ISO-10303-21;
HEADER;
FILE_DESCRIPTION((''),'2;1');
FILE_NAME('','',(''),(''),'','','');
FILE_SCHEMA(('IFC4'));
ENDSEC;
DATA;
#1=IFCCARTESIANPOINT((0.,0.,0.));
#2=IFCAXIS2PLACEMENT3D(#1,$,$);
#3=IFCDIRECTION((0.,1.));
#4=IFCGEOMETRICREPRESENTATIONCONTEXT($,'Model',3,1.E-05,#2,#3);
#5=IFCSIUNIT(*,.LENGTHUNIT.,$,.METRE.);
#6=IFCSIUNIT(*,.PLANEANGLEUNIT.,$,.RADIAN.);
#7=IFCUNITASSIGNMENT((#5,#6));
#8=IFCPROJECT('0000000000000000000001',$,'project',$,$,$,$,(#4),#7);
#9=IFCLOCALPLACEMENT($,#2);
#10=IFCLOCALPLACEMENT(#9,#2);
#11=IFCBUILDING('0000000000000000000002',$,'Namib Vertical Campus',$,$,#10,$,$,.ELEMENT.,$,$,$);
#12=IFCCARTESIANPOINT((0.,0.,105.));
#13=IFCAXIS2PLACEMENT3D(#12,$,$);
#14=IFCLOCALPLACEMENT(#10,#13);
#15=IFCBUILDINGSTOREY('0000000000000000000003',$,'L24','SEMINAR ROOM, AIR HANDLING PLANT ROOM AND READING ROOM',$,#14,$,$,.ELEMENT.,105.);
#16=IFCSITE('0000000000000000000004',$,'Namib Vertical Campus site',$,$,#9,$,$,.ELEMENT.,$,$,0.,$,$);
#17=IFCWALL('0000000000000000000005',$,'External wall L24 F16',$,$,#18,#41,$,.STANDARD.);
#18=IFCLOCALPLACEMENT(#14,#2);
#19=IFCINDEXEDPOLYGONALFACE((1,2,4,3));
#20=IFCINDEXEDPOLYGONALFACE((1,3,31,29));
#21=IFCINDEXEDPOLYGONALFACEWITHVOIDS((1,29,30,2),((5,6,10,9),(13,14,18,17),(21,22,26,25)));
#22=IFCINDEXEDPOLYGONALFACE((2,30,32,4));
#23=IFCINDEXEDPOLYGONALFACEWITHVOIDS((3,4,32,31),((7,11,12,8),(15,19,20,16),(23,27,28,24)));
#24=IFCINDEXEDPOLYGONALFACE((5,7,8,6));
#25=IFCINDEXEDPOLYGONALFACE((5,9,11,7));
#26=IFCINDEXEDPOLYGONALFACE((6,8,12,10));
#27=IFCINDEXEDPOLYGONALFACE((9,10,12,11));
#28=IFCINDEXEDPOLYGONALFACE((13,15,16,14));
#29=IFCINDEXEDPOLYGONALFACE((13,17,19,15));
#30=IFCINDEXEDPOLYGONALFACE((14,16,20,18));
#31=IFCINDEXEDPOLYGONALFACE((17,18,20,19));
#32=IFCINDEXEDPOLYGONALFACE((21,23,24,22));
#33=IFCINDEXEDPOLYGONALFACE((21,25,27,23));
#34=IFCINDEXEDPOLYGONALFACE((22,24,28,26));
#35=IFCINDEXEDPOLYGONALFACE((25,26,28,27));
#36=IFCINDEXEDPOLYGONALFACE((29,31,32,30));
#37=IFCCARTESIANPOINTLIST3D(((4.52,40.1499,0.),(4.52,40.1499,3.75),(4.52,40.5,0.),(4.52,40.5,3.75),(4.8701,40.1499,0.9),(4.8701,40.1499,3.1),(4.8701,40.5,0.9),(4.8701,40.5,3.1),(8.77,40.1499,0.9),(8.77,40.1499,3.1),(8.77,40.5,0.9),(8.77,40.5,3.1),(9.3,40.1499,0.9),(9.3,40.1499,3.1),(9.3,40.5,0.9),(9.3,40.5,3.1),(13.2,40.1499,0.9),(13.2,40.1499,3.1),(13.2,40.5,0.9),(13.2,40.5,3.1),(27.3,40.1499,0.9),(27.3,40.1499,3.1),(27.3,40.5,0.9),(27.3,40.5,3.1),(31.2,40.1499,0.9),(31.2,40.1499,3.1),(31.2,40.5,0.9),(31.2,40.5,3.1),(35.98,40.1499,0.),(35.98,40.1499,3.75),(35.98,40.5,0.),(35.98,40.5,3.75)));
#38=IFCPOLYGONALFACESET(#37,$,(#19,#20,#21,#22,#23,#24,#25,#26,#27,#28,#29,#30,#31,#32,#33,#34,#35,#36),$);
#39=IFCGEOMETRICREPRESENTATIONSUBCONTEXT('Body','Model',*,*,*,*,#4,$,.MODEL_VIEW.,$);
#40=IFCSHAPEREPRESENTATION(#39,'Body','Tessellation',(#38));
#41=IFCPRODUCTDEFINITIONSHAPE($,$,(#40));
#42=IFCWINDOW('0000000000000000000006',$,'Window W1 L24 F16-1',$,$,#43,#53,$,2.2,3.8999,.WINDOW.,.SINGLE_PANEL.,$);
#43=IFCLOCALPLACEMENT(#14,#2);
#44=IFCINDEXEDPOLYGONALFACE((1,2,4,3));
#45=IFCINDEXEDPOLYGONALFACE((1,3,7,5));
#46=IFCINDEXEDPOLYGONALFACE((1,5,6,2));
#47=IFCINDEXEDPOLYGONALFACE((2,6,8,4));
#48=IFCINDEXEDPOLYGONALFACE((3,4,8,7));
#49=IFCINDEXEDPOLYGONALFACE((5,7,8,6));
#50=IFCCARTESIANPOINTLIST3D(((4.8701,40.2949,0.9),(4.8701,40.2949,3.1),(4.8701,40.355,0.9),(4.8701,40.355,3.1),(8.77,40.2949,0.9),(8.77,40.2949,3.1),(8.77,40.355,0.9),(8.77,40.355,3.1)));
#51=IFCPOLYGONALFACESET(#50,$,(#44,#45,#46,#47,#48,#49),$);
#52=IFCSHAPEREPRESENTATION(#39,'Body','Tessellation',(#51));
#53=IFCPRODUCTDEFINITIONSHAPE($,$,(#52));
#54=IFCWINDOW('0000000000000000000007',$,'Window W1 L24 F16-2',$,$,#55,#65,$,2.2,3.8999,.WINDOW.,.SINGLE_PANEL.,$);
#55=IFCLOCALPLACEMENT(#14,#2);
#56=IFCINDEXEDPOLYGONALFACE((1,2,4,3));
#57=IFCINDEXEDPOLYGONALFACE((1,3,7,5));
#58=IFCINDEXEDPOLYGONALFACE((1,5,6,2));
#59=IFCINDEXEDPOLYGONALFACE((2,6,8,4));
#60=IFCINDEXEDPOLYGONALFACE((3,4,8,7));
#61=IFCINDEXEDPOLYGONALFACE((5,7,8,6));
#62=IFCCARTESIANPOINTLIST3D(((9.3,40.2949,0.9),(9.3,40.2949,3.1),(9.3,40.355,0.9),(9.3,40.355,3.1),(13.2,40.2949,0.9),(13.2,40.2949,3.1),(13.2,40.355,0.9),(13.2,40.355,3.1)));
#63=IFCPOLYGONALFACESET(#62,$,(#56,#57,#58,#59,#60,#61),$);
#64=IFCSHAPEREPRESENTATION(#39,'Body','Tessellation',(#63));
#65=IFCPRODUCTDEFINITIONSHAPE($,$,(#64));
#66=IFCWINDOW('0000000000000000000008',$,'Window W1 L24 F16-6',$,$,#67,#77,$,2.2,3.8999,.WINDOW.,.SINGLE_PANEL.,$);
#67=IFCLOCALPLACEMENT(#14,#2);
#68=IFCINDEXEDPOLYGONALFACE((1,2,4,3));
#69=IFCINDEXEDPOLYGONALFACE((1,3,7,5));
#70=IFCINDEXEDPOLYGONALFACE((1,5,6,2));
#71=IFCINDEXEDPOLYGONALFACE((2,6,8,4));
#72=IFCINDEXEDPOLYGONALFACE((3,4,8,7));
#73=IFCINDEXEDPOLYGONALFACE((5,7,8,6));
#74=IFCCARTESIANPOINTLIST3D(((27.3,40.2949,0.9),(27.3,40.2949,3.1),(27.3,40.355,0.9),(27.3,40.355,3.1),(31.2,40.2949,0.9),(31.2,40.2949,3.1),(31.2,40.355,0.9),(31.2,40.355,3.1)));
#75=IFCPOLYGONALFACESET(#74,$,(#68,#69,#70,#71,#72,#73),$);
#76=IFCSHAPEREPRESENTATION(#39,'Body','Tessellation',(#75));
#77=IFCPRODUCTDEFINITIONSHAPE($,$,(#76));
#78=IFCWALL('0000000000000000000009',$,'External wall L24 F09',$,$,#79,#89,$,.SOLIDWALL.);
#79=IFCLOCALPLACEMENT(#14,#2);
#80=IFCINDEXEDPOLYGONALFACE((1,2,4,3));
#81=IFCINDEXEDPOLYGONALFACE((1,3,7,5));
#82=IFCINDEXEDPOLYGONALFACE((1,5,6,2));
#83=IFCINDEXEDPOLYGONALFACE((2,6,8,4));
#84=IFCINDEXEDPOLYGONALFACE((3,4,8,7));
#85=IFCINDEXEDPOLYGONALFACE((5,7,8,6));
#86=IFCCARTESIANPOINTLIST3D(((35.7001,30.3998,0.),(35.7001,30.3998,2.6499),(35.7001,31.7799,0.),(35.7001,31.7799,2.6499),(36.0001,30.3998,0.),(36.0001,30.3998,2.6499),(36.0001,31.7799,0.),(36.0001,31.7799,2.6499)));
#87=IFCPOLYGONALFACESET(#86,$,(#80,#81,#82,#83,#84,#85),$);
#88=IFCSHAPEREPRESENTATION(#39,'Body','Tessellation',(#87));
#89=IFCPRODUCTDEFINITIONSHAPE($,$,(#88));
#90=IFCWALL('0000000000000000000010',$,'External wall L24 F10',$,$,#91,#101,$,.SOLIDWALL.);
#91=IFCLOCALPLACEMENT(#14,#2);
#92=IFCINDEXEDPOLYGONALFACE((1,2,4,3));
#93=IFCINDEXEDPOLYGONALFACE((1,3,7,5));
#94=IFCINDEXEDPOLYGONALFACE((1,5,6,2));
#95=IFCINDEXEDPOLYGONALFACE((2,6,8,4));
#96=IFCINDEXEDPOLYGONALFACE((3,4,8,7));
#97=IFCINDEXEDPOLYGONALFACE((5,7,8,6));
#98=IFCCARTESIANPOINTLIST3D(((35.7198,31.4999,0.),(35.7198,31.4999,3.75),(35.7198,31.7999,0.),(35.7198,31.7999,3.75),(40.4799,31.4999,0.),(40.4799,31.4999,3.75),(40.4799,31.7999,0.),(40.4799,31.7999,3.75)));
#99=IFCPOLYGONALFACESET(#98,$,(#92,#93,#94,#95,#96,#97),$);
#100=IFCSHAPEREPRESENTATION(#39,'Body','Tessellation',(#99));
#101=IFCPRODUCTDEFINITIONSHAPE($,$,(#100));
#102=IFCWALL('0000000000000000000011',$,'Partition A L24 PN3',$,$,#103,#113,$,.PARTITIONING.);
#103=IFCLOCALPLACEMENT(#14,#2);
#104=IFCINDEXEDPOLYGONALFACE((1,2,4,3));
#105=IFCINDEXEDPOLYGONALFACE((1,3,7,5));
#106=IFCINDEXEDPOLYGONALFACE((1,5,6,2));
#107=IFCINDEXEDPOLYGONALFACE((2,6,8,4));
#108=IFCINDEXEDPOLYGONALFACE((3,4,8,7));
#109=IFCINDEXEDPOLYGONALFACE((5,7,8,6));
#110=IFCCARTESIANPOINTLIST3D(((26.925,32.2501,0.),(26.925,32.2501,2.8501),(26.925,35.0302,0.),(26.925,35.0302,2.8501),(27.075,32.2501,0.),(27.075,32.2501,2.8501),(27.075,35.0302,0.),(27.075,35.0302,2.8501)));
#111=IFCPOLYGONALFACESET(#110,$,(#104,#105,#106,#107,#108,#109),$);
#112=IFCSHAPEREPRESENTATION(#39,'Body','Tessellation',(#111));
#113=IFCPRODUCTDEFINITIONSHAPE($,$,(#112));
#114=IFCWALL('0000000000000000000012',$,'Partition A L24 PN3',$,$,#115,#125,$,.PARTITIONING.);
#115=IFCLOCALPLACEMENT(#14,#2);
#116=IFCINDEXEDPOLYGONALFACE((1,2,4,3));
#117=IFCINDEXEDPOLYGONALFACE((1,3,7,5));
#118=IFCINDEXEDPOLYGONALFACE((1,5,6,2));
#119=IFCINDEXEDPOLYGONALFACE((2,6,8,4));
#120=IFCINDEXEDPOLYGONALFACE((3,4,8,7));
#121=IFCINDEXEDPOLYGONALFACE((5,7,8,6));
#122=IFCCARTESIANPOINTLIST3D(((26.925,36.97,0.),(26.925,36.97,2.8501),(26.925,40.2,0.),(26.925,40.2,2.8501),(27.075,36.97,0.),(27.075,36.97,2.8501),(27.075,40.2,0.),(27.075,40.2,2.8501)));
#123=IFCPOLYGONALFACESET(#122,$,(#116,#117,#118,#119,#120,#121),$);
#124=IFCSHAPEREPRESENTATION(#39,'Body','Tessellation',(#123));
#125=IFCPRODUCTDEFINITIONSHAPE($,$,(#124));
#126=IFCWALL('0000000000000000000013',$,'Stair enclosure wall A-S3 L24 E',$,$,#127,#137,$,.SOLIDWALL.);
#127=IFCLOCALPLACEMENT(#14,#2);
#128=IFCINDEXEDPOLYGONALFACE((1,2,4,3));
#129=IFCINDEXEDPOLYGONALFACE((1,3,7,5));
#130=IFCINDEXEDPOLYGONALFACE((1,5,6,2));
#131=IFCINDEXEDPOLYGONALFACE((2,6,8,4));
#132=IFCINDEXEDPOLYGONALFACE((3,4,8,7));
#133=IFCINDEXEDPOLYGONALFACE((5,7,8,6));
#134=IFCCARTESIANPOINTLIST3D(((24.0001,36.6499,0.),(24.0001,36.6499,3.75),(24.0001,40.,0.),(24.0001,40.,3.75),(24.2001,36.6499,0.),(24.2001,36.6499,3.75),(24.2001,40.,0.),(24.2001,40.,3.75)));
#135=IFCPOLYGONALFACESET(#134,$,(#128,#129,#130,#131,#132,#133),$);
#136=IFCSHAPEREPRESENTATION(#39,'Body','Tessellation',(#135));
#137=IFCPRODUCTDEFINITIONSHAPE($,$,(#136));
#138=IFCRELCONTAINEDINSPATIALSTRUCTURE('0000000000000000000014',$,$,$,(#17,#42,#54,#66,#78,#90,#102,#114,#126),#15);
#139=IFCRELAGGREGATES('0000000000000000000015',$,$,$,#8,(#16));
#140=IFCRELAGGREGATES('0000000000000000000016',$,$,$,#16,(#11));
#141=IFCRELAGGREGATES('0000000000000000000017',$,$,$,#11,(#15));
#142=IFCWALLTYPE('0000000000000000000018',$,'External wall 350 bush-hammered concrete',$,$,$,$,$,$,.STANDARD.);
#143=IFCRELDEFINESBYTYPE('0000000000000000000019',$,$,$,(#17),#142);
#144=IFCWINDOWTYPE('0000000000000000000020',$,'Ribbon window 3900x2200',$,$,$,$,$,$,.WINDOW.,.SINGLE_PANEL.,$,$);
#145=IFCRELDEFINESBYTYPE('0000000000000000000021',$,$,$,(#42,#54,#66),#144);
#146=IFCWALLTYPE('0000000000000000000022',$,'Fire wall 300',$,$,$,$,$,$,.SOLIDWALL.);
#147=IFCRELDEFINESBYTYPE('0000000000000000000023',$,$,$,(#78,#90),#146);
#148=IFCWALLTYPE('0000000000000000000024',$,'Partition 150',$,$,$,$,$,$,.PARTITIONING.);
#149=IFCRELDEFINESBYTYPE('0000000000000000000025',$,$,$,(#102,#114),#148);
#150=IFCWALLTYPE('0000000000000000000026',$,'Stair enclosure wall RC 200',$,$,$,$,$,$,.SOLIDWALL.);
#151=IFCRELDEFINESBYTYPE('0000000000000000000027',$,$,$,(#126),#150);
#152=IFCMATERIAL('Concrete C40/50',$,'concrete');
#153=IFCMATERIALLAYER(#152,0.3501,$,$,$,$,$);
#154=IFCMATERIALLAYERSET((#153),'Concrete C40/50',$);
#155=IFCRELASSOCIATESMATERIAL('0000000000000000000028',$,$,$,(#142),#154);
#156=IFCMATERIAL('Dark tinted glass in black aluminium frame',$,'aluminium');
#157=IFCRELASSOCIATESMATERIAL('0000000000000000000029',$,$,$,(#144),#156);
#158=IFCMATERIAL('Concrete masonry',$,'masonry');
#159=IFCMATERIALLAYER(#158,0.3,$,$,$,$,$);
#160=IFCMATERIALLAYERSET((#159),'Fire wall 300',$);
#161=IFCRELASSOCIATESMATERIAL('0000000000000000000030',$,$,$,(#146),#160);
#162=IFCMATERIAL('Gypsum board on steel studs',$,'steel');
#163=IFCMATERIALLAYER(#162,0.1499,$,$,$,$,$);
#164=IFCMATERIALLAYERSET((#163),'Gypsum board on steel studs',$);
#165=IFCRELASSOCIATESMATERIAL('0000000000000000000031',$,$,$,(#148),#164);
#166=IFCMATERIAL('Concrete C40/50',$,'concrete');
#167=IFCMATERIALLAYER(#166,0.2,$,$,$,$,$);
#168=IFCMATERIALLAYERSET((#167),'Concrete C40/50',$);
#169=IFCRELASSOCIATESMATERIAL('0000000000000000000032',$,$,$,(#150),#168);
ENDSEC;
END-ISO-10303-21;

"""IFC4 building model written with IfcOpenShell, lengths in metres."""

from ifc_helpers import new_model, si_unit, direction, frame, frame_2d, origin, place, context, subcontext, project, spatial, rectangle, extrude, material, layer, layer_set, type_object, element, fill, save


model = new_model("IFC4")

# Units and contexts
model_context = context("Model", 3, precision=1e-05, world=origin(), true_north=direction((0.0, 1.0)))
body_context = subcontext(model_context, "Body", "Model", "MODEL_VIEW")
ifc_project = project(units=[si_unit("LENGTHUNIT", "METRE"), si_unit("PLANEANGLEUNIT", "RADIAN")], contexts=[model_context])

# Site, building, storey
site_placement = place(None, origin())
site = spatial("IfcSite", under=ifc_project, at=site_placement, Name="Namib Vertical Campus site", CompositionType="ELEMENT", RefElevation=0.0)
building_placement = place(site_placement, origin())
building = spatial("IfcBuilding", under=site, at=building_placement, Name="Namib Vertical Campus", CompositionType="ELEMENT")
storey_placement = place(building_placement, frame((0.0, 0.0, 105.0)))
storey = spatial("IfcBuildingStorey", under=building, at=storey_placement, Name="L24", Description="SEMINAR ROOM, AIR HANDLING PLANT ROOM AND READING ROOM", CompositionType="ELEMENT", Elevation=105.0)

# Shared definitions
ifc_material_1 = material(Name="Concrete C40/50", Category="concrete")
ifc_layer_1 = layer(ifc_material_1, 0.3501)
ifc_layer_set_1 = layer_set([ifc_layer_1], Name="Concrete C40/50")
wall_type_1 = type_object("IfcWallType", Name="External wall 350 bush-hammered concrete", PredefinedType="STANDARD", material=ifc_layer_set_1)

# Wall, openings, windows
wall_1_placement = place(storey_placement, frame((35.98, 40.325, 0.0), z_axis=(0.0, 0.0, 1.0), x_axis=(-1.0, 0.0, 0.0)))
wall_1 = element("IfcWall", 1, at=wall_1_placement, inside=storey, type_object=wall_type_1, Name="External wall L24 F16", PredefinedType="STANDARD", context=body_context, shape_type="SweptSolid", body=[
    extrude(rectangle(XDim=31.46, YDim=0.3501, at=frame_2d((15.73, 0.0))), origin(), (0.0, 0.0, 1.0), 3.75),
])
opening_1_placement = place(wall_1_placement, frame((27.21, 0.0, 0.8999)))
opening_1 = element("IfcOpeningElement", 2, at=opening_1_placement, cuts=wall_1, PredefinedType="OPENING", context=body_context, shape_type="SweptSolid", body=[
    extrude(rectangle(XDim=3.8999, YDim=2.2, at=frame_2d((1.95, 1.1001))), frame((0.0, 0.1851, 0.0), z_axis=(0.0, -1.0, 0.0), x_axis=(1.0, 0.0, 0.0)), (0.0, 0.0, 1.0), 0.3701),
])
opening_2_placement = place(wall_1_placement, frame((22.78, 0.0, 0.8999)))
opening_2 = element("IfcOpeningElement", 3, at=opening_2_placement, cuts=wall_1, PredefinedType="OPENING", context=body_context, shape_type="SweptSolid", body=[
    extrude(rectangle(XDim=3.8999, YDim=2.2, at=frame_2d((1.95, 1.1001))), frame((0.0, 0.1851, 0.0), z_axis=(0.0, -1.0, 0.0), x_axis=(1.0, 0.0, 0.0)), (0.0, 0.0, 1.0), 0.3701),
])
opening_3_placement = place(wall_1_placement, frame((4.78, 0.0, 0.8999)))
opening_3 = element("IfcOpeningElement", 4, at=opening_3_placement, cuts=wall_1, PredefinedType="OPENING", context=body_context, shape_type="SweptSolid", body=[
    extrude(rectangle(XDim=3.8999, YDim=2.2, at=frame_2d((1.95, 1.1001))), frame((0.0, 0.1851, 0.0), z_axis=(0.0, -1.0, 0.0), x_axis=(1.0, 0.0, 0.0)), (0.0, 0.0, 1.0), 0.3701),
])
ifc_material_2 = material(Name="Dark tinted glass in black aluminium frame", Category="aluminium")
window_type = type_object("IfcWindowType", Name="Ribbon window 3900x2200", PartitioningType="SINGLE_PANEL", PredefinedType="WINDOW", material=ifc_material_2)
window_1_placement = place(opening_1_placement, origin())
window_1 = element("IfcWindow", 5, at=window_1_placement, inside=storey, type_object=window_type, Name="Window W1 L24 F16-1", OverallHeight=2.2, OverallWidth=3.8999, PartitioningType="SINGLE_PANEL", PredefinedType="WINDOW", context=body_context, shape_type="SweptSolid", body=[
    extrude(rectangle(XDim=3.8999, YDim=2.2, at=frame_2d((1.95, 1.1001))), frame((0.0, 0.03, 0.0), z_axis=(0.0, -1.0, 0.0), x_axis=(1.0, 0.0, 0.0)), (0.0, 0.0, 1.0), 0.0601),
])
fill(opening_1, window_1)
window_2_placement = place(opening_2_placement, origin())
window_2 = element("IfcWindow", 6, at=window_2_placement, inside=storey, type_object=window_type, Name="Window W1 L24 F16-2", OverallHeight=2.2, OverallWidth=3.8999, PartitioningType="SINGLE_PANEL", PredefinedType="WINDOW", context=body_context, shape_type="SweptSolid", body=[
    extrude(rectangle(XDim=3.8999, YDim=2.2, at=frame_2d((1.95, 1.1001))), frame((0.0, 0.03, 0.0), z_axis=(0.0, -1.0, 0.0), x_axis=(1.0, 0.0, 0.0)), (0.0, 0.0, 1.0), 0.0601),
])
fill(opening_2, window_2)
window_3_placement = place(opening_3_placement, origin())
window_3 = element("IfcWindow", 7, at=window_3_placement, inside=storey, type_object=window_type, Name="Window W1 L24 F16-6", OverallHeight=2.2, OverallWidth=3.8999, PartitioningType="SINGLE_PANEL", PredefinedType="WINDOW", context=body_context, shape_type="SweptSolid", body=[
    extrude(rectangle(XDim=3.8999, YDim=2.2, at=frame_2d((1.95, 1.1001))), frame((0.0, 0.03, 0.0), z_axis=(0.0, -1.0, 0.0), x_axis=(1.0, 0.0, 0.0)), (0.0, 0.0, 1.0), 0.0601),
])
fill(opening_3, window_3)

# Walls
ifc_material_3 = material(Name="Concrete masonry", Category="masonry")
ifc_layer_2 = layer(ifc_material_3, 0.3)
ifc_layer_set_2 = layer_set([ifc_layer_2], Name="Fire wall 300")
wall_type_2 = type_object("IfcWallType", Name="Fire wall 300", PredefinedType="SOLIDWALL", material=ifc_layer_set_2)
wall_2_placement = place(storey_placement, frame((35.8501, 30.3999, 0.0), z_axis=(0.0, 0.0, 1.0), x_axis=(0.0, 1.0, 0.0)))
element("IfcWall", 8, at=wall_2_placement, inside=storey, type_object=wall_type_2, Name="External wall L24 F09", PredefinedType="SOLIDWALL", context=body_context, shape_type="SweptSolid", body=[
    extrude(rectangle(XDim=1.3801, YDim=0.3, at=frame_2d((0.6899, 0.0))), origin(), (0.0, 0.0, 1.0), 2.6499),
])
wall_3_placement = place(storey_placement, frame((35.72, 31.6499, 0.0), z_axis=(0.0, 0.0, 1.0), x_axis=(1.0, 0.0, 0.0)))
element("IfcWall", 9, at=wall_3_placement, inside=storey, type_object=wall_type_2, Name="External wall L24 F10", PredefinedType="SOLIDWALL", context=body_context, shape_type="SweptSolid", body=[
    extrude(rectangle(XDim=4.76, YDim=0.3, at=frame_2d((2.3799, 0.0))), origin(), (0.0, 0.0, 1.0), 3.75),
])
ifc_material_4 = material(Name="Gypsum board on steel studs", Category="steel")
ifc_layer_3 = layer(ifc_material_4, 0.1499)
ifc_layer_set_3 = layer_set([ifc_layer_3], Name="Gypsum board on steel studs")
wall_type_3 = type_object("IfcWallType", Name="Partition 150", PredefinedType="PARTITIONING", material=ifc_layer_set_3)
wall_4_placement = place(storey_placement, frame((27.0, 32.25, 0.0), z_axis=(0.0, 0.0, 1.0), x_axis=(0.0, 1.0, 0.0)))
element("IfcWall", 10, at=wall_4_placement, inside=storey, type_object=wall_type_3, Name="Partition A L24 PN3", PredefinedType="PARTITIONING", context=body_context, shape_type="SweptSolid", body=[
    extrude(rectangle(XDim=2.78, YDim=0.1499, at=frame_2d((1.3901, 0.0))), origin(), (0.0, 0.0, 1.0), 2.8501),
])
wall_5_placement = place(storey_placement, frame((27.0, 36.97, 0.0), z_axis=(0.0, 0.0, 1.0), x_axis=(0.0, 1.0, 0.0)))
element("IfcWall", 11, at=wall_5_placement, inside=storey, type_object=wall_type_3, Name="Partition A L24 PN3", PredefinedType="PARTITIONING", context=body_context, shape_type="SweptSolid", body=[
    extrude(rectangle(XDim=3.23, YDim=0.1499, at=frame_2d((1.615, 0.0))), origin(), (0.0, 0.0, 1.0), 2.8501),
])
ifc_material_5 = material(Name="Concrete C40/50", Category="concrete")
ifc_layer_4 = layer(ifc_material_5, 0.2)
ifc_layer_set_4 = layer_set([ifc_layer_4], Name="Concrete C40/50")
wall_type_4 = type_object("IfcWallType", Name="Stair enclosure wall RC 200", PredefinedType="SOLIDWALL", material=ifc_layer_set_4)
wall_6_placement = place(storey_placement, frame((24.1001, 36.6499, 0.0), z_axis=(0.0, 0.0, 1.0), x_axis=(0.0, 1.0, 0.0)))
element("IfcWall", 12, at=wall_6_placement, inside=storey, type_object=wall_type_4, Name="Stair enclosure wall A-S3 L24 E", PredefinedType="SOLIDWALL", context=body_context, shape_type="SweptSolid", body=[
    extrude(rectangle(XDim=3.3501, YDim=0.2, at=frame_2d((1.675, 0.0))), origin(), (0.0, 0.0, 1.0), 3.75),
])

save(model, "model.ifc")
